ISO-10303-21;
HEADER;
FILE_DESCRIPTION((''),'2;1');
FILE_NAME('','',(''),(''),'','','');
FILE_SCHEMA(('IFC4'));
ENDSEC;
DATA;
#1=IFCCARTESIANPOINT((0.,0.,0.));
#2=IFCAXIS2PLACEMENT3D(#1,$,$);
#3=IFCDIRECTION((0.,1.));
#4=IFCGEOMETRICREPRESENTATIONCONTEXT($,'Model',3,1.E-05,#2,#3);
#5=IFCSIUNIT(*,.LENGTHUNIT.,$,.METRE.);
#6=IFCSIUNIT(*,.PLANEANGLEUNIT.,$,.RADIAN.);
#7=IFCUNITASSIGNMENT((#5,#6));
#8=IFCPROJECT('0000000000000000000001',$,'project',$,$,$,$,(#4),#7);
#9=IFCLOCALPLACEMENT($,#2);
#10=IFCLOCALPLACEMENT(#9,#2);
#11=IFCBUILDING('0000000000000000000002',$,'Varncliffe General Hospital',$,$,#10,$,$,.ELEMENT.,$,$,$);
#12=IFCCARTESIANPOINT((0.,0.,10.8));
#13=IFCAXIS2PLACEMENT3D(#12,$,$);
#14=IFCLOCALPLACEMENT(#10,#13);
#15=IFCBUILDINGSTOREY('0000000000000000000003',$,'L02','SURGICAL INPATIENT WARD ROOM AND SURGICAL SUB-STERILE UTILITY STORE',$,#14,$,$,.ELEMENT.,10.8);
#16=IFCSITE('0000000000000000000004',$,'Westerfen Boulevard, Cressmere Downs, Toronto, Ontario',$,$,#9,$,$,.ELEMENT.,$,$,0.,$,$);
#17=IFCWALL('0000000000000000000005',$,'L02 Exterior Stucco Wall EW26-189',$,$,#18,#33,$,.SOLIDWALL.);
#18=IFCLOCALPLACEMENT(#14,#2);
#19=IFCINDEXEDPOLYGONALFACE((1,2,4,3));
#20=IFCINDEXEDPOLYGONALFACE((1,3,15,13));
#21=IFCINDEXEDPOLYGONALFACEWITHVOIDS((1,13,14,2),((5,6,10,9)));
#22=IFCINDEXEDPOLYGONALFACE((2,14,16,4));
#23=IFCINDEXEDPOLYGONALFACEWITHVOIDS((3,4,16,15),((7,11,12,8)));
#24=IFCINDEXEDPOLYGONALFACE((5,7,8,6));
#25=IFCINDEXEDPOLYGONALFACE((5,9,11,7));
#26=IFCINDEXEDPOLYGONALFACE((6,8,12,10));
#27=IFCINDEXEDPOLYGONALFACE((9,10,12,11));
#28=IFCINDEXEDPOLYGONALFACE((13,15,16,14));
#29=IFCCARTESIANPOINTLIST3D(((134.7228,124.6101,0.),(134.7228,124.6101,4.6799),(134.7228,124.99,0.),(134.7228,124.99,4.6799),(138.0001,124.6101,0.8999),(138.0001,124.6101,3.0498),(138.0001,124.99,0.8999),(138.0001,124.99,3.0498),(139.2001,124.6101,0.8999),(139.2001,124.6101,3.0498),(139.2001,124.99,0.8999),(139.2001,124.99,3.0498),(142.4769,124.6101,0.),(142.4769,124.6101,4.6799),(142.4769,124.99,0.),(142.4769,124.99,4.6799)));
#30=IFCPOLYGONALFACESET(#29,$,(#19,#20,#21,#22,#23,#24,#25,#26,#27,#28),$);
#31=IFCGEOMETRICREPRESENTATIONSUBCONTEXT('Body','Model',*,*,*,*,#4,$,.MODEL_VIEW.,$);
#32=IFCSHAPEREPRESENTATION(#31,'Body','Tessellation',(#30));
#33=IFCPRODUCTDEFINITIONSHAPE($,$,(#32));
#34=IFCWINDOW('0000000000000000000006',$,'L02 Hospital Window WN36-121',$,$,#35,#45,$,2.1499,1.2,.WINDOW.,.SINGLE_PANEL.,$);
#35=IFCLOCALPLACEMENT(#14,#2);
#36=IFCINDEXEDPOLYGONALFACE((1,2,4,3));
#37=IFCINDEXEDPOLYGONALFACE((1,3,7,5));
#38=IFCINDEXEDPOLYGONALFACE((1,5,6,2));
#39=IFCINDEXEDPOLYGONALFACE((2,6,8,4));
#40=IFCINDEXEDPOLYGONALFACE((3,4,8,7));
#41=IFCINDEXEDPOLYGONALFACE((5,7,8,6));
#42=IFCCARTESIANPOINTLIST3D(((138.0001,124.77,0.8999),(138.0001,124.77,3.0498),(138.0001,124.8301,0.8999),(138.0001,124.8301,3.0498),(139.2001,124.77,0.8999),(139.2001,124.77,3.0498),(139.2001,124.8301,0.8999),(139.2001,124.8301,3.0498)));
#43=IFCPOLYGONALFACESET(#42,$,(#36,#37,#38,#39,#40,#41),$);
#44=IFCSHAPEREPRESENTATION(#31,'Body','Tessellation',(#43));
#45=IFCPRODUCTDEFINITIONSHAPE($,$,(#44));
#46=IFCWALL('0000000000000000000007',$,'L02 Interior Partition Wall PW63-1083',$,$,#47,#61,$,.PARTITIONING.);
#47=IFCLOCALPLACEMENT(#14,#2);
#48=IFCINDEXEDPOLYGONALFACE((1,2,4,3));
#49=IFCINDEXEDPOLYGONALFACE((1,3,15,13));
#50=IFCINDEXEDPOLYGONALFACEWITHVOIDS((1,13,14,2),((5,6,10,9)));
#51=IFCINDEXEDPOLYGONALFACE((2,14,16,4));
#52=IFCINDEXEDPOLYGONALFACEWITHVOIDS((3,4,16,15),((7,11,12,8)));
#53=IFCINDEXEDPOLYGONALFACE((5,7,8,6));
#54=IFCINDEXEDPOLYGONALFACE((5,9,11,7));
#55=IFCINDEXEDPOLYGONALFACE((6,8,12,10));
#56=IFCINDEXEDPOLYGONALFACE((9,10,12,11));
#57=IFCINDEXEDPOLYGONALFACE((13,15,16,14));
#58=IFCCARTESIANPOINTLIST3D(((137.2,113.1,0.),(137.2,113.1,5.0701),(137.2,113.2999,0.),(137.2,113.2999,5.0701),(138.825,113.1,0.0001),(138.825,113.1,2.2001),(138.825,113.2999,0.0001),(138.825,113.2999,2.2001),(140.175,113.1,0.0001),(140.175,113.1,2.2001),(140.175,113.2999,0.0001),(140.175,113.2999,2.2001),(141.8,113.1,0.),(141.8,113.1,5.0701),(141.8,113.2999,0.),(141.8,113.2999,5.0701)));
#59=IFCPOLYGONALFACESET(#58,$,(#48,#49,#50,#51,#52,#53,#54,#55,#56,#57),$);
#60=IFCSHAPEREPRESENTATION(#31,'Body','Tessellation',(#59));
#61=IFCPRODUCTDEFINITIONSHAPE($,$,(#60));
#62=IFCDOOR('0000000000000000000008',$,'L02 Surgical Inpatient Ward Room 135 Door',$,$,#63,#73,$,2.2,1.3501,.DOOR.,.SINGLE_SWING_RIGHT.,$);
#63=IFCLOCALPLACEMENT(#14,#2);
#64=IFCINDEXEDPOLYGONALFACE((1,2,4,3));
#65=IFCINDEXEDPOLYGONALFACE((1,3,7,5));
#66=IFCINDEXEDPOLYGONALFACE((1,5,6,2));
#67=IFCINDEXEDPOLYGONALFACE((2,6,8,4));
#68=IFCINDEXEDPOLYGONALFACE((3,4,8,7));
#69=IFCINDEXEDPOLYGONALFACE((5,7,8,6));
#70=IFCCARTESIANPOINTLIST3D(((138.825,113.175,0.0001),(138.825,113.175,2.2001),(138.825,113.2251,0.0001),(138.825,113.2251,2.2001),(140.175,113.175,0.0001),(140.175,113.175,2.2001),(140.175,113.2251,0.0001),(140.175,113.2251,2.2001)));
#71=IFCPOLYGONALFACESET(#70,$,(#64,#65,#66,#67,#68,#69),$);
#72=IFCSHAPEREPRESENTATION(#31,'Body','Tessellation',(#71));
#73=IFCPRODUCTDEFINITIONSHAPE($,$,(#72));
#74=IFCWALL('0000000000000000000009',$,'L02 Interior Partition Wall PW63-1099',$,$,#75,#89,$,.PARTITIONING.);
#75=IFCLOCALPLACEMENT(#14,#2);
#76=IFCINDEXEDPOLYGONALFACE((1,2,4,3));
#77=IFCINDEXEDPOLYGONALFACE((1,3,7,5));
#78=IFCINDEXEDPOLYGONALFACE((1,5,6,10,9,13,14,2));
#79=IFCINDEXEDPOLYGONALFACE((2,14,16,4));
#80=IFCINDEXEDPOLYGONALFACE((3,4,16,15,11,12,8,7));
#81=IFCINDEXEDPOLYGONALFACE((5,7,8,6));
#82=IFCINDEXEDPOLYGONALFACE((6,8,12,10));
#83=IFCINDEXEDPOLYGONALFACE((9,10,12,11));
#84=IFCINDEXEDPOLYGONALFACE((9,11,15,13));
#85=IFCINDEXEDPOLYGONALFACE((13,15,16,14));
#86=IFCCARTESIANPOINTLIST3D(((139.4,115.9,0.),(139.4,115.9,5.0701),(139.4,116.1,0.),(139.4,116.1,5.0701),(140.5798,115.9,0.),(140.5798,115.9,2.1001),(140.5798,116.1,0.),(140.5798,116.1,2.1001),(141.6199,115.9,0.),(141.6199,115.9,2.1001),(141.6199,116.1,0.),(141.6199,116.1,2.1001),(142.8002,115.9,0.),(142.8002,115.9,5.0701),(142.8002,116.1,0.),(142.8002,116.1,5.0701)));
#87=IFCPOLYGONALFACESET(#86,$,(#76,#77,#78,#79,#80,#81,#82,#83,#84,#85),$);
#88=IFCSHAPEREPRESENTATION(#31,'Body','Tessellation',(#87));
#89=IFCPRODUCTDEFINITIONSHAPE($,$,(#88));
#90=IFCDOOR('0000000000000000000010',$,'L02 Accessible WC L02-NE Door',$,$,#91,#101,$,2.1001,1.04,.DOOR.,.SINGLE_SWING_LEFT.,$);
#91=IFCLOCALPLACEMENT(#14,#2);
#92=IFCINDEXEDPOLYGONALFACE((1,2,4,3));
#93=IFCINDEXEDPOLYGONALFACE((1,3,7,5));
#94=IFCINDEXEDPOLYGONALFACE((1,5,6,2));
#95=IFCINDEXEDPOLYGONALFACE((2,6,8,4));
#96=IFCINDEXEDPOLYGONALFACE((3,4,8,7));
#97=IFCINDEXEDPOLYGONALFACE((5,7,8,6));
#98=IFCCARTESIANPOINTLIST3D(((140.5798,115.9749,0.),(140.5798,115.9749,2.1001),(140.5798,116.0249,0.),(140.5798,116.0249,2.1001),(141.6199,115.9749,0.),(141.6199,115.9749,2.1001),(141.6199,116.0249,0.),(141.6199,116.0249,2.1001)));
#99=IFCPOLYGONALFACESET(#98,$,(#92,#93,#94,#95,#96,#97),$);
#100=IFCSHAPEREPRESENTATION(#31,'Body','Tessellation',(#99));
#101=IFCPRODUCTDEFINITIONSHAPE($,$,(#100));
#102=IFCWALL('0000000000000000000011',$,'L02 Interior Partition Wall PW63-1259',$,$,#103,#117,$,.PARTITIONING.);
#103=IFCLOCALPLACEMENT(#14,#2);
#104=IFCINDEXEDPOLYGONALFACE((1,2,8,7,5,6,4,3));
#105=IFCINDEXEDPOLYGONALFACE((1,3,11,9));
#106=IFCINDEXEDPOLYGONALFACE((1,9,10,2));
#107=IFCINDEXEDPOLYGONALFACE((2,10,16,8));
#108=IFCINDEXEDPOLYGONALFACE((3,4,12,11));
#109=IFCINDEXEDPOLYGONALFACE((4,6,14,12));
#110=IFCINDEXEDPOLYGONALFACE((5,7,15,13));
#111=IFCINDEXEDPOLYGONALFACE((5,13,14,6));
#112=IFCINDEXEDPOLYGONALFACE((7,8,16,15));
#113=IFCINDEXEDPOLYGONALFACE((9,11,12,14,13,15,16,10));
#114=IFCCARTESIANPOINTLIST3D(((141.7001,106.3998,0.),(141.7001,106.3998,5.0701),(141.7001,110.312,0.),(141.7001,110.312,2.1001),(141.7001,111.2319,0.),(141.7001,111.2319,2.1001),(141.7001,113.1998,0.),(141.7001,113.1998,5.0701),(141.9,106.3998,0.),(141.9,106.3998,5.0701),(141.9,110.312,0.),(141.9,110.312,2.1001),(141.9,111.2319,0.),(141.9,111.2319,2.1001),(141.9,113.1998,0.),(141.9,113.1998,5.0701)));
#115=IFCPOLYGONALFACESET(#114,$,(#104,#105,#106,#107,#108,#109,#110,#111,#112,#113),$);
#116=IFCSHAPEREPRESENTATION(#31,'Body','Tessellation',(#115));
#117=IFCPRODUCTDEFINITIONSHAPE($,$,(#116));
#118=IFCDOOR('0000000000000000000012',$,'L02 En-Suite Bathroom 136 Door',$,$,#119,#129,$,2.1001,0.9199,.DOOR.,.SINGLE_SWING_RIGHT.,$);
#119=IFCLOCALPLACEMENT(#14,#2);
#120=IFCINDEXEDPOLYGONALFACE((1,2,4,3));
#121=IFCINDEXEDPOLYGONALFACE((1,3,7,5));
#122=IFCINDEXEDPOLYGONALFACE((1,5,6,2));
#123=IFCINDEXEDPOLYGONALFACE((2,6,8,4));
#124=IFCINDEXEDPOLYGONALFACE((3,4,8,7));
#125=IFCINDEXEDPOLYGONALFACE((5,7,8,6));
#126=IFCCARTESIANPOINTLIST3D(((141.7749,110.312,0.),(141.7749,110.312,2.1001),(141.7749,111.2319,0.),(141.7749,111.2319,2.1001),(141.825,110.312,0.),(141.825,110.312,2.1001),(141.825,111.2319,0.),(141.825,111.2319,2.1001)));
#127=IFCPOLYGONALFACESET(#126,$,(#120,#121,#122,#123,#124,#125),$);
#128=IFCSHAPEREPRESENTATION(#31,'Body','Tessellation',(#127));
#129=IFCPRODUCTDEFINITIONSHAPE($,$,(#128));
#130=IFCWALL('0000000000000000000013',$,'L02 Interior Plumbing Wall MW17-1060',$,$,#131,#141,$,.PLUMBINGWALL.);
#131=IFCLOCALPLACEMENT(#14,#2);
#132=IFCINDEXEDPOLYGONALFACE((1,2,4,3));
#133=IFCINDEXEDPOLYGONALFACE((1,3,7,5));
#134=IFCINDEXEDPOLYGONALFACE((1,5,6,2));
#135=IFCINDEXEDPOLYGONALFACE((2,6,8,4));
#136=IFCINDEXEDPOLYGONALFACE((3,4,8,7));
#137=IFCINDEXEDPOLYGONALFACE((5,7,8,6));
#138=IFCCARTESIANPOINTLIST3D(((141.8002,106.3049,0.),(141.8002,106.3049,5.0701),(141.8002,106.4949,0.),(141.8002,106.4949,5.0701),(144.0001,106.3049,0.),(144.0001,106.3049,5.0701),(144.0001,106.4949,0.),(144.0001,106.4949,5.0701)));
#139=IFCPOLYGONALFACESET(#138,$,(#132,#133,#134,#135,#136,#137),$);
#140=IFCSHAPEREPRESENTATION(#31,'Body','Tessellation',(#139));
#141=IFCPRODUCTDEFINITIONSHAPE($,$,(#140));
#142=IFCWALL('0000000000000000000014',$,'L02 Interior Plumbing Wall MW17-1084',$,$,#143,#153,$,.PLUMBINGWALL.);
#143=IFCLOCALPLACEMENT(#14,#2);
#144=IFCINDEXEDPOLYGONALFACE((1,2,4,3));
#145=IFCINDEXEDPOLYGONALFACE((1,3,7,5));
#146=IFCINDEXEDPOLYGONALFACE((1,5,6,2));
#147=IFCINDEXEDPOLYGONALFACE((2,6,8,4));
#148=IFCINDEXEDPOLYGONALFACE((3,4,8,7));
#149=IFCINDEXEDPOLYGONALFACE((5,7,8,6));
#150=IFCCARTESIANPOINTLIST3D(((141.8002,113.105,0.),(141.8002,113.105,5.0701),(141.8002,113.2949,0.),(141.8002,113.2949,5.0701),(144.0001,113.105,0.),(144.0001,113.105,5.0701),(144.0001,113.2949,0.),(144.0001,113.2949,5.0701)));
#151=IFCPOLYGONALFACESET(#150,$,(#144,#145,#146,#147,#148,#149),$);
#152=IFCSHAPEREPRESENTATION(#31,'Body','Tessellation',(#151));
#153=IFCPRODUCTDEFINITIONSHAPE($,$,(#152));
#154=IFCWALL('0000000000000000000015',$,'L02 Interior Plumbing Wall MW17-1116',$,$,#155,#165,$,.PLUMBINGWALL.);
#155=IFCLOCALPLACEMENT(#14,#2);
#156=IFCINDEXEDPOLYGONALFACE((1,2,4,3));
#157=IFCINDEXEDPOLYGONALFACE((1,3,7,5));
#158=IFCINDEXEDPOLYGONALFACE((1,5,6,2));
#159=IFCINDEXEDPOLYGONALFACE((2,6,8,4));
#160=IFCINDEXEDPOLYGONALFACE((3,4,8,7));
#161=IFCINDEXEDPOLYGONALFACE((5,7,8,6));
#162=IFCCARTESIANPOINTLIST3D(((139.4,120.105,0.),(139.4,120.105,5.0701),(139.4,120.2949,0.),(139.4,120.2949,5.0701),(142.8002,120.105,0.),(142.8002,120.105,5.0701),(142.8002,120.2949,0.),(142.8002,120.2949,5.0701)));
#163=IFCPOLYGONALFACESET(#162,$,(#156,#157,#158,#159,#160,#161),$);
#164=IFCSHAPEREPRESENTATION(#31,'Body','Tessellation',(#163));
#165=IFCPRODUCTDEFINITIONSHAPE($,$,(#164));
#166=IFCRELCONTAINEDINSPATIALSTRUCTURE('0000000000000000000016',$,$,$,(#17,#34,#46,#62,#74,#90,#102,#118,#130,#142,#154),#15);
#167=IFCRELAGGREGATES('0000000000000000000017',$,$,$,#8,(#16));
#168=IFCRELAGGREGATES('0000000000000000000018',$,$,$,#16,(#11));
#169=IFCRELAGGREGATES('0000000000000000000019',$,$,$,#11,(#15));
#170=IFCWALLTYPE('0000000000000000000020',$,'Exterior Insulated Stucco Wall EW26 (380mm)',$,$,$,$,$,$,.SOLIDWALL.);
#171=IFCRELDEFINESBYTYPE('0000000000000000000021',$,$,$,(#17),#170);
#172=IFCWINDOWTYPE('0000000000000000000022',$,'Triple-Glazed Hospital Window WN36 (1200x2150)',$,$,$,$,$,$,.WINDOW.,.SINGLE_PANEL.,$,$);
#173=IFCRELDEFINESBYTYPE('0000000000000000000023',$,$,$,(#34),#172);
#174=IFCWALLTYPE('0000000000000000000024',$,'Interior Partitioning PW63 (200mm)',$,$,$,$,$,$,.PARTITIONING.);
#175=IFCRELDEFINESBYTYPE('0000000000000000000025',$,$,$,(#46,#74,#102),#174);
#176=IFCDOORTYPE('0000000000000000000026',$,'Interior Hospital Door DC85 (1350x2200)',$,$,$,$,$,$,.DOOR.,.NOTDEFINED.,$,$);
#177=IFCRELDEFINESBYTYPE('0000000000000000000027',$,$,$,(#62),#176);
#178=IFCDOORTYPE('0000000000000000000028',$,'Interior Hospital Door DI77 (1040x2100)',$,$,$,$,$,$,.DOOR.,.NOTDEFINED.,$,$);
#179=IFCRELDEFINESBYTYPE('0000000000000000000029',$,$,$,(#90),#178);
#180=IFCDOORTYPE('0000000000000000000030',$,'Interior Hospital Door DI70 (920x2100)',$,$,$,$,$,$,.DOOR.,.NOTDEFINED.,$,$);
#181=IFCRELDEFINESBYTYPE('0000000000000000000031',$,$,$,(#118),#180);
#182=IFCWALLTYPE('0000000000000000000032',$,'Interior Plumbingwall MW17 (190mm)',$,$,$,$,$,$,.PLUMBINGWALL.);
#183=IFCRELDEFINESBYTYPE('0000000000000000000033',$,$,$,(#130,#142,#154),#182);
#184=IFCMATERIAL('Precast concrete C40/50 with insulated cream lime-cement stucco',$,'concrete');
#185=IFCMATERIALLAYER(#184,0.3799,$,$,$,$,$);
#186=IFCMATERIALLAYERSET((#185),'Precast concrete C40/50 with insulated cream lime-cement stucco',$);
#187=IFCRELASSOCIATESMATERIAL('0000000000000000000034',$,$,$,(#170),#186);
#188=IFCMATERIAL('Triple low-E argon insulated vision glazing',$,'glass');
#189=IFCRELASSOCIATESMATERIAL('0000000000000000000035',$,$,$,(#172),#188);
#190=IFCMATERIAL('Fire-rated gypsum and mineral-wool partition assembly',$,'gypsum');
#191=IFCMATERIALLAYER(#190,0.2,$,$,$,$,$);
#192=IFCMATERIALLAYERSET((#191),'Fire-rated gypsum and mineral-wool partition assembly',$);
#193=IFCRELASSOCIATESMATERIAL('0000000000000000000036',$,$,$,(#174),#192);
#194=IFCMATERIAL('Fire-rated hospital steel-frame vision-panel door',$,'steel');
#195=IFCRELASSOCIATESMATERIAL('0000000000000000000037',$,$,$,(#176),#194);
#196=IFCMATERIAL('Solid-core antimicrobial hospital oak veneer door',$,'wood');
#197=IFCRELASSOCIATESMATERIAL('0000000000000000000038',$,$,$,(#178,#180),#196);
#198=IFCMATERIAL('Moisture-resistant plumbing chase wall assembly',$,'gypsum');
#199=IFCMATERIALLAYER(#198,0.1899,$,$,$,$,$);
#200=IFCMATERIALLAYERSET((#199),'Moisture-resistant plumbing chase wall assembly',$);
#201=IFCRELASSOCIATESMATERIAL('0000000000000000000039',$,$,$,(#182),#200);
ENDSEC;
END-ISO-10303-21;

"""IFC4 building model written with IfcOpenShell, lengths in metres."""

from ifc_helpers import new_model, si_unit, direction, frame, frame_2d, origin, place, context, subcontext, project, spatial, rectangle, extrude, material, layer, layer_set, type_object, element, fill, save


model = new_model("IFC4")

# Units and contexts
model_context = context("Model", 3, precision=1e-05, world=origin(), true_north=direction((0.0, 1.0)))
body_context = subcontext(model_context, "Body", "Model", "MODEL_VIEW")
ifc_project = project(units=[si_unit("LENGTHUNIT", "METRE"), si_unit("PLANEANGLEUNIT", "RADIAN")], contexts=[model_context])

# Site, building, storey
site_placement = place(None, origin())
site = spatial("IfcSite", under=ifc_project, at=site_placement, Name="Westerfen Boulevard, Cressmere Downs, Toronto, Ontario", CompositionType="ELEMENT", RefElevation=0.0)
building_placement = place(site_placement, origin())
building = spatial("IfcBuilding", under=site, at=building_placement, Name="Varncliffe General Hospital", CompositionType="ELEMENT")
storey_placement = place(building_placement, frame((0.0, 0.0, 10.8)))
storey = spatial("IfcBuildingStorey", under=building, at=storey_placement, Name="L02", Description="SURGICAL INPATIENT WARD ROOM AND SURGICAL SUB-STERILE UTILITY STORE", CompositionType="ELEMENT", Elevation=10.8)

# Wall, opening, window
ifc_material_1 = material(Name="Precast concrete C40/50 with insulated cream lime-cement stucco", Category="concrete")
ifc_layer_1 = layer(ifc_material_1, 0.3799)
ifc_layer_set_1 = layer_set([ifc_layer_1], Name="Precast concrete C40/50 with insulated cream lime-cement stucco")
wall_type_1 = type_object("IfcWallType", Name="Exterior Insulated Stucco Wall EW26 (380mm)", PredefinedType="SOLIDWALL", material=ifc_layer_set_1)
wall_1_placement = place(storey_placement, frame((134.7229, 124.8, 0.0), z_axis=(0.0, 0.0, 1.0), x_axis=(1.0, 0.0, 0.0)))
wall_1 = element("IfcWall", 1, at=wall_1_placement, inside=storey, type_object=wall_type_1, Name="L02 Exterior Stucco Wall EW26-189", PredefinedType="SOLIDWALL", context=body_context, shape_type="SweptSolid", body=[
    extrude(rectangle(XDim=7.7542, YDim=0.3799, at=frame_2d((3.877, 0.0))), origin(), (0.0, 0.0, 1.0), 4.6799),
])
opening_1_placement = place(wall_1_placement, frame((3.2771, 0.0, 0.8999)))
opening_1 = element("IfcOpeningElement", 2, at=opening_1_placement, cuts=wall_1, PredefinedType="OPENING", context=body_context, shape_type="SweptSolid", body=[
    extrude(rectangle(XDim=1.2, YDim=2.1499, at=frame_2d((0.6001, 1.075))), frame((0.0, 0.2, 0.0), z_axis=(0.0, -1.0, 0.0), x_axis=(1.0, 0.0, 0.0)), (0.0, 0.0, 1.0), 0.3999),
])
ifc_material_2 = material(Name="Triple low-E argon insulated vision glazing", Category="glass")
window_type = type_object("IfcWindowType", Name="Triple-Glazed Hospital Window WN36 (1200x2150)", PartitioningType="SINGLE_PANEL", PredefinedType="WINDOW", material=ifc_material_2)
window_placement = place(opening_1_placement, origin())
window = element("IfcWindow", 3, at=window_placement, inside=storey, type_object=window_type, Name="L02 Hospital Window WN36-121", OverallHeight=2.1499, OverallWidth=1.2, PartitioningType="SINGLE_PANEL", PredefinedType="WINDOW", context=body_context, shape_type="SweptSolid", body=[
    extrude(rectangle(XDim=1.2, YDim=2.1499, at=frame_2d((0.6001, 1.075))), frame((0.0, 0.03, 0.0), z_axis=(0.0, -1.0, 0.0), x_axis=(1.0, 0.0, 0.0)), (0.0, 0.0, 1.0), 0.0601),
])
fill(opening_1, window)

# Walls, openings, doors
ifc_material_3 = material(Name="Fire-rated gypsum and mineral-wool partition assembly", Category="gypsum")
ifc_layer_2 = layer(ifc_material_3, 0.2)
ifc_layer_set_2 = layer_set([ifc_layer_2], Name="Fire-rated gypsum and mineral-wool partition assembly")
wall_type_2 = type_object("IfcWallType", Name="Interior Partitioning PW63 (200mm)", PredefinedType="PARTITIONING", material=ifc_layer_set_2)
wall_2_placement = place(storey_placement, frame((137.2, 113.2, 0.0), z_axis=(0.0, 0.0, 1.0), x_axis=(1.0, 0.0, 0.0)))
wall_2 = element("IfcWall", 4, at=wall_2_placement, inside=storey, type_object=wall_type_2, Name="L02 Interior Partition Wall PW63-1083", PredefinedType="PARTITIONING", context=body_context, shape_type="SweptSolid", body=[
    extrude(rectangle(XDim=4.6001, YDim=0.2, at=frame_2d((2.3, 0.0))), origin(), (0.0, 0.0, 1.0), 5.0701),
])
opening_2_placement = place(wall_2_placement, frame((1.625, 0.0, 0.0)))
opening_2 = element("IfcOpeningElement", 5, at=opening_2_placement, cuts=wall_2, PredefinedType="OPENING", context=body_context, shape_type="SweptSolid", body=[
    extrude(rectangle(XDim=1.3501, YDim=2.2, at=frame_2d((0.675, 1.1001))), frame((0.0, 0.1099, 0.0), z_axis=(0.0, -1.0, 0.0), x_axis=(1.0, 0.0, 0.0)), (0.0, 0.0, 1.0), 0.22),
])
ifc_material_4 = material(Name="Fire-rated hospital steel-frame vision-panel door", Category="steel")
door_type_1 = type_object("IfcDoorType", Name="Interior Hospital Door DC85 (1350x2200)", OperationType="NOTDEFINED", PredefinedType="DOOR", material=ifc_material_4)
door_1_placement = place(opening_2_placement, frame((1.3501, 0.0, 0.0), z_axis=(0.0, 0.0, 1.0), x_axis=(-1.0, 0.0, 0.0)))
door_1 = element("IfcDoor", 6, at=door_1_placement, inside=storey, type_object=door_type_1, Name="L02 Surgical Inpatient Ward Room 135 Door", OperationType="SINGLE_SWING_RIGHT", OverallHeight=2.2, OverallWidth=1.3501, PredefinedType="DOOR", context=body_context, shape_type="SweptSolid", body=[
    extrude(rectangle(XDim=1.3501, YDim=2.2, at=frame_2d((0.675, 1.1001))), frame((0.0, 0.0249, 0.0), z_axis=(0.0, -1.0, 0.0), x_axis=(1.0, 0.0, 0.0)), (0.0, 0.0, 1.0), 0.05),
])
fill(opening_2, door_1)
wall_3_placement = place(storey_placement, frame((139.3999, 116.0, 0.0), z_axis=(0.0, 0.0, 1.0), x_axis=(1.0, 0.0, 0.0)))
wall_3 = element("IfcWall", 7, at=wall_3_placement, inside=storey, type_object=wall_type_2, Name="L02 Interior Partition Wall PW63-1099", PredefinedType="PARTITIONING", context=body_context, shape_type="SweptSolid", body=[
    extrude(rectangle(XDim=3.4001, YDim=0.2, at=frame_2d((1.7002, 0.0))), origin(), (0.0, 0.0, 1.0), 5.0701),
])
opening_3_placement = place(wall_3_placement, frame((1.1799, 0.0, 0.0)))
opening_3 = element("IfcOpeningElement", 8, at=opening_3_placement, cuts=wall_3, PredefinedType="OPENING", context=body_context, shape_type="SweptSolid", body=[
    extrude(rectangle(XDim=1.04, YDim=2.1001, at=frame_2d((0.52, 1.05))), frame((0.0, 0.1099, 0.0), z_axis=(0.0, -1.0, 0.0), x_axis=(1.0, 0.0, 0.0)), (0.0, 0.0, 1.0), 0.22),
])
ifc_material_5 = material(Name="Solid-core antimicrobial hospital oak veneer door", Category="wood")
door_type_2 = type_object("IfcDoorType", Name="Interior Hospital Door DI77 (1040x2100)", OperationType="NOTDEFINED", PredefinedType="DOOR", material=ifc_material_5)
door_2_placement = place(opening_3_placement, origin())
door_2 = element("IfcDoor", 9, at=door_2_placement, inside=storey, type_object=door_type_2, Name="L02 Accessible WC L02-NE Door", OperationType="SINGLE_SWING_LEFT", OverallHeight=2.1001, OverallWidth=1.04, PredefinedType="DOOR", context=body_context, shape_type="SweptSolid", body=[
    extrude(rectangle(XDim=1.04, YDim=2.1001, at=frame_2d((0.52, 1.05))), frame((0.0, 0.0249, 0.0), z_axis=(0.0, -1.0, 0.0), x_axis=(1.0, 0.0, 0.0)), (0.0, 0.0, 1.0), 0.05),
])
fill(opening_3, door_2)
wall_4_placement = place(storey_placement, frame((141.8, 106.3999, 0.0), z_axis=(0.0, 0.0, 1.0), x_axis=(0.0, 1.0, 0.0)))
wall_4 = element("IfcWall", 10, at=wall_4_placement, inside=storey, type_object=wall_type_2, Name="L02 Interior Partition Wall PW63-1259", PredefinedType="PARTITIONING", context=body_context, shape_type="SweptSolid", body=[
    extrude(rectangle(XDim=6.8, YDim=0.2, at=frame_2d((3.3999, 0.0))), origin(), (0.0, 0.0, 1.0), 5.0701),
])
opening_4_placement = place(wall_4_placement, frame((3.9121, 0.0, 0.0)))
opening_4 = element("IfcOpeningElement", 11, at=opening_4_placement, cuts=wall_4, PredefinedType="OPENING", context=body_context, shape_type="SweptSolid", body=[
    extrude(rectangle(XDim=0.9199, YDim=2.1001, at=frame_2d((0.46, 1.05))), frame((0.0, 0.1099, 0.0), z_axis=(0.0, -1.0, 0.0), x_axis=(1.0, 0.0, 0.0)), (0.0, 0.0, 1.0), 0.22),
])
door_type_3 = type_object("IfcDoorType", Name="Interior Hospital Door DI70 (920x2100)", OperationType="NOTDEFINED", PredefinedType="DOOR", material=ifc_material_5)
door_3_placement = place(opening_4_placement, frame((0.9199, 0.0, 0.0), z_axis=(0.0, 0.0, 1.0), x_axis=(-1.0, 0.0, 0.0)))
door_3 = element("IfcDoor", 12, at=door_3_placement, inside=storey, type_object=door_type_3, Name="L02 En-Suite Bathroom 136 Door", OperationType="SINGLE_SWING_RIGHT", OverallHeight=2.1001, OverallWidth=0.9199, PredefinedType="DOOR", context=body_context, shape_type="SweptSolid", body=[
    extrude(rectangle(XDim=0.9199, YDim=2.1001, at=frame_2d((0.46, 1.05))), frame((0.0, 0.0249, 0.0), z_axis=(0.0, -1.0, 0.0), x_axis=(1.0, 0.0, 0.0)), (0.0, 0.0, 1.0), 0.05),
])
fill(opening_4, door_3)

# Walls
ifc_material_6 = material(Name="Moisture-resistant plumbing chase wall assembly", Category="gypsum")
ifc_layer_3 = layer(ifc_material_6, 0.1899)
ifc_layer_set_3 = layer_set([ifc_layer_3], Name="Moisture-resistant plumbing chase wall assembly")
wall_type_3 = type_object("IfcWallType", Name="Interior Plumbingwall MW17 (190mm)", PredefinedType="PLUMBINGWALL", material=ifc_layer_set_3)
for number, where, z_axis, x_axis, name in (
    (13, (141.8, 106.3999, 0.0), (0.0, 0.0, 1.0), (1.0, 0.0, 0.0), "L02 Interior Plumbing Wall MW17-1060"),
    (14, (141.8, 113.2, 0.0), (0.0, 0.0, 1.0), (1.0, 0.0, 0.0), "L02 Interior Plumbing Wall MW17-1084"),
):
    element("IfcWall", number, at=place(storey_placement, frame(where, z_axis=z_axis, x_axis=x_axis)), inside=storey, type_object=wall_type_3, Name=name, PredefinedType="PLUMBINGWALL", context=body_context, shape_type="SweptSolid", body=[
        extrude(rectangle(XDim=2.2, YDim=0.1899, at=frame_2d((1.1001, 0.0))), origin(), (0.0, 0.0, 1.0), 5.0701),
    ])
wall_5_placement = place(storey_placement, frame((139.3999, 120.2, 0.0), z_axis=(0.0, 0.0, 1.0), x_axis=(1.0, 0.0, 0.0)))
element("IfcWall", 15, at=wall_5_placement, inside=storey, type_object=wall_type_3, Name="L02 Interior Plumbing Wall MW17-1116", PredefinedType="PLUMBINGWALL", context=body_context, shape_type="SweptSolid", body=[
    extrude(rectangle(XDim=3.4001, YDim=0.1899, at=frame_2d((1.7002, 0.0))), origin(), (0.0, 0.0, 1.0), 5.0701),
])

save(model, "model.ifc")
